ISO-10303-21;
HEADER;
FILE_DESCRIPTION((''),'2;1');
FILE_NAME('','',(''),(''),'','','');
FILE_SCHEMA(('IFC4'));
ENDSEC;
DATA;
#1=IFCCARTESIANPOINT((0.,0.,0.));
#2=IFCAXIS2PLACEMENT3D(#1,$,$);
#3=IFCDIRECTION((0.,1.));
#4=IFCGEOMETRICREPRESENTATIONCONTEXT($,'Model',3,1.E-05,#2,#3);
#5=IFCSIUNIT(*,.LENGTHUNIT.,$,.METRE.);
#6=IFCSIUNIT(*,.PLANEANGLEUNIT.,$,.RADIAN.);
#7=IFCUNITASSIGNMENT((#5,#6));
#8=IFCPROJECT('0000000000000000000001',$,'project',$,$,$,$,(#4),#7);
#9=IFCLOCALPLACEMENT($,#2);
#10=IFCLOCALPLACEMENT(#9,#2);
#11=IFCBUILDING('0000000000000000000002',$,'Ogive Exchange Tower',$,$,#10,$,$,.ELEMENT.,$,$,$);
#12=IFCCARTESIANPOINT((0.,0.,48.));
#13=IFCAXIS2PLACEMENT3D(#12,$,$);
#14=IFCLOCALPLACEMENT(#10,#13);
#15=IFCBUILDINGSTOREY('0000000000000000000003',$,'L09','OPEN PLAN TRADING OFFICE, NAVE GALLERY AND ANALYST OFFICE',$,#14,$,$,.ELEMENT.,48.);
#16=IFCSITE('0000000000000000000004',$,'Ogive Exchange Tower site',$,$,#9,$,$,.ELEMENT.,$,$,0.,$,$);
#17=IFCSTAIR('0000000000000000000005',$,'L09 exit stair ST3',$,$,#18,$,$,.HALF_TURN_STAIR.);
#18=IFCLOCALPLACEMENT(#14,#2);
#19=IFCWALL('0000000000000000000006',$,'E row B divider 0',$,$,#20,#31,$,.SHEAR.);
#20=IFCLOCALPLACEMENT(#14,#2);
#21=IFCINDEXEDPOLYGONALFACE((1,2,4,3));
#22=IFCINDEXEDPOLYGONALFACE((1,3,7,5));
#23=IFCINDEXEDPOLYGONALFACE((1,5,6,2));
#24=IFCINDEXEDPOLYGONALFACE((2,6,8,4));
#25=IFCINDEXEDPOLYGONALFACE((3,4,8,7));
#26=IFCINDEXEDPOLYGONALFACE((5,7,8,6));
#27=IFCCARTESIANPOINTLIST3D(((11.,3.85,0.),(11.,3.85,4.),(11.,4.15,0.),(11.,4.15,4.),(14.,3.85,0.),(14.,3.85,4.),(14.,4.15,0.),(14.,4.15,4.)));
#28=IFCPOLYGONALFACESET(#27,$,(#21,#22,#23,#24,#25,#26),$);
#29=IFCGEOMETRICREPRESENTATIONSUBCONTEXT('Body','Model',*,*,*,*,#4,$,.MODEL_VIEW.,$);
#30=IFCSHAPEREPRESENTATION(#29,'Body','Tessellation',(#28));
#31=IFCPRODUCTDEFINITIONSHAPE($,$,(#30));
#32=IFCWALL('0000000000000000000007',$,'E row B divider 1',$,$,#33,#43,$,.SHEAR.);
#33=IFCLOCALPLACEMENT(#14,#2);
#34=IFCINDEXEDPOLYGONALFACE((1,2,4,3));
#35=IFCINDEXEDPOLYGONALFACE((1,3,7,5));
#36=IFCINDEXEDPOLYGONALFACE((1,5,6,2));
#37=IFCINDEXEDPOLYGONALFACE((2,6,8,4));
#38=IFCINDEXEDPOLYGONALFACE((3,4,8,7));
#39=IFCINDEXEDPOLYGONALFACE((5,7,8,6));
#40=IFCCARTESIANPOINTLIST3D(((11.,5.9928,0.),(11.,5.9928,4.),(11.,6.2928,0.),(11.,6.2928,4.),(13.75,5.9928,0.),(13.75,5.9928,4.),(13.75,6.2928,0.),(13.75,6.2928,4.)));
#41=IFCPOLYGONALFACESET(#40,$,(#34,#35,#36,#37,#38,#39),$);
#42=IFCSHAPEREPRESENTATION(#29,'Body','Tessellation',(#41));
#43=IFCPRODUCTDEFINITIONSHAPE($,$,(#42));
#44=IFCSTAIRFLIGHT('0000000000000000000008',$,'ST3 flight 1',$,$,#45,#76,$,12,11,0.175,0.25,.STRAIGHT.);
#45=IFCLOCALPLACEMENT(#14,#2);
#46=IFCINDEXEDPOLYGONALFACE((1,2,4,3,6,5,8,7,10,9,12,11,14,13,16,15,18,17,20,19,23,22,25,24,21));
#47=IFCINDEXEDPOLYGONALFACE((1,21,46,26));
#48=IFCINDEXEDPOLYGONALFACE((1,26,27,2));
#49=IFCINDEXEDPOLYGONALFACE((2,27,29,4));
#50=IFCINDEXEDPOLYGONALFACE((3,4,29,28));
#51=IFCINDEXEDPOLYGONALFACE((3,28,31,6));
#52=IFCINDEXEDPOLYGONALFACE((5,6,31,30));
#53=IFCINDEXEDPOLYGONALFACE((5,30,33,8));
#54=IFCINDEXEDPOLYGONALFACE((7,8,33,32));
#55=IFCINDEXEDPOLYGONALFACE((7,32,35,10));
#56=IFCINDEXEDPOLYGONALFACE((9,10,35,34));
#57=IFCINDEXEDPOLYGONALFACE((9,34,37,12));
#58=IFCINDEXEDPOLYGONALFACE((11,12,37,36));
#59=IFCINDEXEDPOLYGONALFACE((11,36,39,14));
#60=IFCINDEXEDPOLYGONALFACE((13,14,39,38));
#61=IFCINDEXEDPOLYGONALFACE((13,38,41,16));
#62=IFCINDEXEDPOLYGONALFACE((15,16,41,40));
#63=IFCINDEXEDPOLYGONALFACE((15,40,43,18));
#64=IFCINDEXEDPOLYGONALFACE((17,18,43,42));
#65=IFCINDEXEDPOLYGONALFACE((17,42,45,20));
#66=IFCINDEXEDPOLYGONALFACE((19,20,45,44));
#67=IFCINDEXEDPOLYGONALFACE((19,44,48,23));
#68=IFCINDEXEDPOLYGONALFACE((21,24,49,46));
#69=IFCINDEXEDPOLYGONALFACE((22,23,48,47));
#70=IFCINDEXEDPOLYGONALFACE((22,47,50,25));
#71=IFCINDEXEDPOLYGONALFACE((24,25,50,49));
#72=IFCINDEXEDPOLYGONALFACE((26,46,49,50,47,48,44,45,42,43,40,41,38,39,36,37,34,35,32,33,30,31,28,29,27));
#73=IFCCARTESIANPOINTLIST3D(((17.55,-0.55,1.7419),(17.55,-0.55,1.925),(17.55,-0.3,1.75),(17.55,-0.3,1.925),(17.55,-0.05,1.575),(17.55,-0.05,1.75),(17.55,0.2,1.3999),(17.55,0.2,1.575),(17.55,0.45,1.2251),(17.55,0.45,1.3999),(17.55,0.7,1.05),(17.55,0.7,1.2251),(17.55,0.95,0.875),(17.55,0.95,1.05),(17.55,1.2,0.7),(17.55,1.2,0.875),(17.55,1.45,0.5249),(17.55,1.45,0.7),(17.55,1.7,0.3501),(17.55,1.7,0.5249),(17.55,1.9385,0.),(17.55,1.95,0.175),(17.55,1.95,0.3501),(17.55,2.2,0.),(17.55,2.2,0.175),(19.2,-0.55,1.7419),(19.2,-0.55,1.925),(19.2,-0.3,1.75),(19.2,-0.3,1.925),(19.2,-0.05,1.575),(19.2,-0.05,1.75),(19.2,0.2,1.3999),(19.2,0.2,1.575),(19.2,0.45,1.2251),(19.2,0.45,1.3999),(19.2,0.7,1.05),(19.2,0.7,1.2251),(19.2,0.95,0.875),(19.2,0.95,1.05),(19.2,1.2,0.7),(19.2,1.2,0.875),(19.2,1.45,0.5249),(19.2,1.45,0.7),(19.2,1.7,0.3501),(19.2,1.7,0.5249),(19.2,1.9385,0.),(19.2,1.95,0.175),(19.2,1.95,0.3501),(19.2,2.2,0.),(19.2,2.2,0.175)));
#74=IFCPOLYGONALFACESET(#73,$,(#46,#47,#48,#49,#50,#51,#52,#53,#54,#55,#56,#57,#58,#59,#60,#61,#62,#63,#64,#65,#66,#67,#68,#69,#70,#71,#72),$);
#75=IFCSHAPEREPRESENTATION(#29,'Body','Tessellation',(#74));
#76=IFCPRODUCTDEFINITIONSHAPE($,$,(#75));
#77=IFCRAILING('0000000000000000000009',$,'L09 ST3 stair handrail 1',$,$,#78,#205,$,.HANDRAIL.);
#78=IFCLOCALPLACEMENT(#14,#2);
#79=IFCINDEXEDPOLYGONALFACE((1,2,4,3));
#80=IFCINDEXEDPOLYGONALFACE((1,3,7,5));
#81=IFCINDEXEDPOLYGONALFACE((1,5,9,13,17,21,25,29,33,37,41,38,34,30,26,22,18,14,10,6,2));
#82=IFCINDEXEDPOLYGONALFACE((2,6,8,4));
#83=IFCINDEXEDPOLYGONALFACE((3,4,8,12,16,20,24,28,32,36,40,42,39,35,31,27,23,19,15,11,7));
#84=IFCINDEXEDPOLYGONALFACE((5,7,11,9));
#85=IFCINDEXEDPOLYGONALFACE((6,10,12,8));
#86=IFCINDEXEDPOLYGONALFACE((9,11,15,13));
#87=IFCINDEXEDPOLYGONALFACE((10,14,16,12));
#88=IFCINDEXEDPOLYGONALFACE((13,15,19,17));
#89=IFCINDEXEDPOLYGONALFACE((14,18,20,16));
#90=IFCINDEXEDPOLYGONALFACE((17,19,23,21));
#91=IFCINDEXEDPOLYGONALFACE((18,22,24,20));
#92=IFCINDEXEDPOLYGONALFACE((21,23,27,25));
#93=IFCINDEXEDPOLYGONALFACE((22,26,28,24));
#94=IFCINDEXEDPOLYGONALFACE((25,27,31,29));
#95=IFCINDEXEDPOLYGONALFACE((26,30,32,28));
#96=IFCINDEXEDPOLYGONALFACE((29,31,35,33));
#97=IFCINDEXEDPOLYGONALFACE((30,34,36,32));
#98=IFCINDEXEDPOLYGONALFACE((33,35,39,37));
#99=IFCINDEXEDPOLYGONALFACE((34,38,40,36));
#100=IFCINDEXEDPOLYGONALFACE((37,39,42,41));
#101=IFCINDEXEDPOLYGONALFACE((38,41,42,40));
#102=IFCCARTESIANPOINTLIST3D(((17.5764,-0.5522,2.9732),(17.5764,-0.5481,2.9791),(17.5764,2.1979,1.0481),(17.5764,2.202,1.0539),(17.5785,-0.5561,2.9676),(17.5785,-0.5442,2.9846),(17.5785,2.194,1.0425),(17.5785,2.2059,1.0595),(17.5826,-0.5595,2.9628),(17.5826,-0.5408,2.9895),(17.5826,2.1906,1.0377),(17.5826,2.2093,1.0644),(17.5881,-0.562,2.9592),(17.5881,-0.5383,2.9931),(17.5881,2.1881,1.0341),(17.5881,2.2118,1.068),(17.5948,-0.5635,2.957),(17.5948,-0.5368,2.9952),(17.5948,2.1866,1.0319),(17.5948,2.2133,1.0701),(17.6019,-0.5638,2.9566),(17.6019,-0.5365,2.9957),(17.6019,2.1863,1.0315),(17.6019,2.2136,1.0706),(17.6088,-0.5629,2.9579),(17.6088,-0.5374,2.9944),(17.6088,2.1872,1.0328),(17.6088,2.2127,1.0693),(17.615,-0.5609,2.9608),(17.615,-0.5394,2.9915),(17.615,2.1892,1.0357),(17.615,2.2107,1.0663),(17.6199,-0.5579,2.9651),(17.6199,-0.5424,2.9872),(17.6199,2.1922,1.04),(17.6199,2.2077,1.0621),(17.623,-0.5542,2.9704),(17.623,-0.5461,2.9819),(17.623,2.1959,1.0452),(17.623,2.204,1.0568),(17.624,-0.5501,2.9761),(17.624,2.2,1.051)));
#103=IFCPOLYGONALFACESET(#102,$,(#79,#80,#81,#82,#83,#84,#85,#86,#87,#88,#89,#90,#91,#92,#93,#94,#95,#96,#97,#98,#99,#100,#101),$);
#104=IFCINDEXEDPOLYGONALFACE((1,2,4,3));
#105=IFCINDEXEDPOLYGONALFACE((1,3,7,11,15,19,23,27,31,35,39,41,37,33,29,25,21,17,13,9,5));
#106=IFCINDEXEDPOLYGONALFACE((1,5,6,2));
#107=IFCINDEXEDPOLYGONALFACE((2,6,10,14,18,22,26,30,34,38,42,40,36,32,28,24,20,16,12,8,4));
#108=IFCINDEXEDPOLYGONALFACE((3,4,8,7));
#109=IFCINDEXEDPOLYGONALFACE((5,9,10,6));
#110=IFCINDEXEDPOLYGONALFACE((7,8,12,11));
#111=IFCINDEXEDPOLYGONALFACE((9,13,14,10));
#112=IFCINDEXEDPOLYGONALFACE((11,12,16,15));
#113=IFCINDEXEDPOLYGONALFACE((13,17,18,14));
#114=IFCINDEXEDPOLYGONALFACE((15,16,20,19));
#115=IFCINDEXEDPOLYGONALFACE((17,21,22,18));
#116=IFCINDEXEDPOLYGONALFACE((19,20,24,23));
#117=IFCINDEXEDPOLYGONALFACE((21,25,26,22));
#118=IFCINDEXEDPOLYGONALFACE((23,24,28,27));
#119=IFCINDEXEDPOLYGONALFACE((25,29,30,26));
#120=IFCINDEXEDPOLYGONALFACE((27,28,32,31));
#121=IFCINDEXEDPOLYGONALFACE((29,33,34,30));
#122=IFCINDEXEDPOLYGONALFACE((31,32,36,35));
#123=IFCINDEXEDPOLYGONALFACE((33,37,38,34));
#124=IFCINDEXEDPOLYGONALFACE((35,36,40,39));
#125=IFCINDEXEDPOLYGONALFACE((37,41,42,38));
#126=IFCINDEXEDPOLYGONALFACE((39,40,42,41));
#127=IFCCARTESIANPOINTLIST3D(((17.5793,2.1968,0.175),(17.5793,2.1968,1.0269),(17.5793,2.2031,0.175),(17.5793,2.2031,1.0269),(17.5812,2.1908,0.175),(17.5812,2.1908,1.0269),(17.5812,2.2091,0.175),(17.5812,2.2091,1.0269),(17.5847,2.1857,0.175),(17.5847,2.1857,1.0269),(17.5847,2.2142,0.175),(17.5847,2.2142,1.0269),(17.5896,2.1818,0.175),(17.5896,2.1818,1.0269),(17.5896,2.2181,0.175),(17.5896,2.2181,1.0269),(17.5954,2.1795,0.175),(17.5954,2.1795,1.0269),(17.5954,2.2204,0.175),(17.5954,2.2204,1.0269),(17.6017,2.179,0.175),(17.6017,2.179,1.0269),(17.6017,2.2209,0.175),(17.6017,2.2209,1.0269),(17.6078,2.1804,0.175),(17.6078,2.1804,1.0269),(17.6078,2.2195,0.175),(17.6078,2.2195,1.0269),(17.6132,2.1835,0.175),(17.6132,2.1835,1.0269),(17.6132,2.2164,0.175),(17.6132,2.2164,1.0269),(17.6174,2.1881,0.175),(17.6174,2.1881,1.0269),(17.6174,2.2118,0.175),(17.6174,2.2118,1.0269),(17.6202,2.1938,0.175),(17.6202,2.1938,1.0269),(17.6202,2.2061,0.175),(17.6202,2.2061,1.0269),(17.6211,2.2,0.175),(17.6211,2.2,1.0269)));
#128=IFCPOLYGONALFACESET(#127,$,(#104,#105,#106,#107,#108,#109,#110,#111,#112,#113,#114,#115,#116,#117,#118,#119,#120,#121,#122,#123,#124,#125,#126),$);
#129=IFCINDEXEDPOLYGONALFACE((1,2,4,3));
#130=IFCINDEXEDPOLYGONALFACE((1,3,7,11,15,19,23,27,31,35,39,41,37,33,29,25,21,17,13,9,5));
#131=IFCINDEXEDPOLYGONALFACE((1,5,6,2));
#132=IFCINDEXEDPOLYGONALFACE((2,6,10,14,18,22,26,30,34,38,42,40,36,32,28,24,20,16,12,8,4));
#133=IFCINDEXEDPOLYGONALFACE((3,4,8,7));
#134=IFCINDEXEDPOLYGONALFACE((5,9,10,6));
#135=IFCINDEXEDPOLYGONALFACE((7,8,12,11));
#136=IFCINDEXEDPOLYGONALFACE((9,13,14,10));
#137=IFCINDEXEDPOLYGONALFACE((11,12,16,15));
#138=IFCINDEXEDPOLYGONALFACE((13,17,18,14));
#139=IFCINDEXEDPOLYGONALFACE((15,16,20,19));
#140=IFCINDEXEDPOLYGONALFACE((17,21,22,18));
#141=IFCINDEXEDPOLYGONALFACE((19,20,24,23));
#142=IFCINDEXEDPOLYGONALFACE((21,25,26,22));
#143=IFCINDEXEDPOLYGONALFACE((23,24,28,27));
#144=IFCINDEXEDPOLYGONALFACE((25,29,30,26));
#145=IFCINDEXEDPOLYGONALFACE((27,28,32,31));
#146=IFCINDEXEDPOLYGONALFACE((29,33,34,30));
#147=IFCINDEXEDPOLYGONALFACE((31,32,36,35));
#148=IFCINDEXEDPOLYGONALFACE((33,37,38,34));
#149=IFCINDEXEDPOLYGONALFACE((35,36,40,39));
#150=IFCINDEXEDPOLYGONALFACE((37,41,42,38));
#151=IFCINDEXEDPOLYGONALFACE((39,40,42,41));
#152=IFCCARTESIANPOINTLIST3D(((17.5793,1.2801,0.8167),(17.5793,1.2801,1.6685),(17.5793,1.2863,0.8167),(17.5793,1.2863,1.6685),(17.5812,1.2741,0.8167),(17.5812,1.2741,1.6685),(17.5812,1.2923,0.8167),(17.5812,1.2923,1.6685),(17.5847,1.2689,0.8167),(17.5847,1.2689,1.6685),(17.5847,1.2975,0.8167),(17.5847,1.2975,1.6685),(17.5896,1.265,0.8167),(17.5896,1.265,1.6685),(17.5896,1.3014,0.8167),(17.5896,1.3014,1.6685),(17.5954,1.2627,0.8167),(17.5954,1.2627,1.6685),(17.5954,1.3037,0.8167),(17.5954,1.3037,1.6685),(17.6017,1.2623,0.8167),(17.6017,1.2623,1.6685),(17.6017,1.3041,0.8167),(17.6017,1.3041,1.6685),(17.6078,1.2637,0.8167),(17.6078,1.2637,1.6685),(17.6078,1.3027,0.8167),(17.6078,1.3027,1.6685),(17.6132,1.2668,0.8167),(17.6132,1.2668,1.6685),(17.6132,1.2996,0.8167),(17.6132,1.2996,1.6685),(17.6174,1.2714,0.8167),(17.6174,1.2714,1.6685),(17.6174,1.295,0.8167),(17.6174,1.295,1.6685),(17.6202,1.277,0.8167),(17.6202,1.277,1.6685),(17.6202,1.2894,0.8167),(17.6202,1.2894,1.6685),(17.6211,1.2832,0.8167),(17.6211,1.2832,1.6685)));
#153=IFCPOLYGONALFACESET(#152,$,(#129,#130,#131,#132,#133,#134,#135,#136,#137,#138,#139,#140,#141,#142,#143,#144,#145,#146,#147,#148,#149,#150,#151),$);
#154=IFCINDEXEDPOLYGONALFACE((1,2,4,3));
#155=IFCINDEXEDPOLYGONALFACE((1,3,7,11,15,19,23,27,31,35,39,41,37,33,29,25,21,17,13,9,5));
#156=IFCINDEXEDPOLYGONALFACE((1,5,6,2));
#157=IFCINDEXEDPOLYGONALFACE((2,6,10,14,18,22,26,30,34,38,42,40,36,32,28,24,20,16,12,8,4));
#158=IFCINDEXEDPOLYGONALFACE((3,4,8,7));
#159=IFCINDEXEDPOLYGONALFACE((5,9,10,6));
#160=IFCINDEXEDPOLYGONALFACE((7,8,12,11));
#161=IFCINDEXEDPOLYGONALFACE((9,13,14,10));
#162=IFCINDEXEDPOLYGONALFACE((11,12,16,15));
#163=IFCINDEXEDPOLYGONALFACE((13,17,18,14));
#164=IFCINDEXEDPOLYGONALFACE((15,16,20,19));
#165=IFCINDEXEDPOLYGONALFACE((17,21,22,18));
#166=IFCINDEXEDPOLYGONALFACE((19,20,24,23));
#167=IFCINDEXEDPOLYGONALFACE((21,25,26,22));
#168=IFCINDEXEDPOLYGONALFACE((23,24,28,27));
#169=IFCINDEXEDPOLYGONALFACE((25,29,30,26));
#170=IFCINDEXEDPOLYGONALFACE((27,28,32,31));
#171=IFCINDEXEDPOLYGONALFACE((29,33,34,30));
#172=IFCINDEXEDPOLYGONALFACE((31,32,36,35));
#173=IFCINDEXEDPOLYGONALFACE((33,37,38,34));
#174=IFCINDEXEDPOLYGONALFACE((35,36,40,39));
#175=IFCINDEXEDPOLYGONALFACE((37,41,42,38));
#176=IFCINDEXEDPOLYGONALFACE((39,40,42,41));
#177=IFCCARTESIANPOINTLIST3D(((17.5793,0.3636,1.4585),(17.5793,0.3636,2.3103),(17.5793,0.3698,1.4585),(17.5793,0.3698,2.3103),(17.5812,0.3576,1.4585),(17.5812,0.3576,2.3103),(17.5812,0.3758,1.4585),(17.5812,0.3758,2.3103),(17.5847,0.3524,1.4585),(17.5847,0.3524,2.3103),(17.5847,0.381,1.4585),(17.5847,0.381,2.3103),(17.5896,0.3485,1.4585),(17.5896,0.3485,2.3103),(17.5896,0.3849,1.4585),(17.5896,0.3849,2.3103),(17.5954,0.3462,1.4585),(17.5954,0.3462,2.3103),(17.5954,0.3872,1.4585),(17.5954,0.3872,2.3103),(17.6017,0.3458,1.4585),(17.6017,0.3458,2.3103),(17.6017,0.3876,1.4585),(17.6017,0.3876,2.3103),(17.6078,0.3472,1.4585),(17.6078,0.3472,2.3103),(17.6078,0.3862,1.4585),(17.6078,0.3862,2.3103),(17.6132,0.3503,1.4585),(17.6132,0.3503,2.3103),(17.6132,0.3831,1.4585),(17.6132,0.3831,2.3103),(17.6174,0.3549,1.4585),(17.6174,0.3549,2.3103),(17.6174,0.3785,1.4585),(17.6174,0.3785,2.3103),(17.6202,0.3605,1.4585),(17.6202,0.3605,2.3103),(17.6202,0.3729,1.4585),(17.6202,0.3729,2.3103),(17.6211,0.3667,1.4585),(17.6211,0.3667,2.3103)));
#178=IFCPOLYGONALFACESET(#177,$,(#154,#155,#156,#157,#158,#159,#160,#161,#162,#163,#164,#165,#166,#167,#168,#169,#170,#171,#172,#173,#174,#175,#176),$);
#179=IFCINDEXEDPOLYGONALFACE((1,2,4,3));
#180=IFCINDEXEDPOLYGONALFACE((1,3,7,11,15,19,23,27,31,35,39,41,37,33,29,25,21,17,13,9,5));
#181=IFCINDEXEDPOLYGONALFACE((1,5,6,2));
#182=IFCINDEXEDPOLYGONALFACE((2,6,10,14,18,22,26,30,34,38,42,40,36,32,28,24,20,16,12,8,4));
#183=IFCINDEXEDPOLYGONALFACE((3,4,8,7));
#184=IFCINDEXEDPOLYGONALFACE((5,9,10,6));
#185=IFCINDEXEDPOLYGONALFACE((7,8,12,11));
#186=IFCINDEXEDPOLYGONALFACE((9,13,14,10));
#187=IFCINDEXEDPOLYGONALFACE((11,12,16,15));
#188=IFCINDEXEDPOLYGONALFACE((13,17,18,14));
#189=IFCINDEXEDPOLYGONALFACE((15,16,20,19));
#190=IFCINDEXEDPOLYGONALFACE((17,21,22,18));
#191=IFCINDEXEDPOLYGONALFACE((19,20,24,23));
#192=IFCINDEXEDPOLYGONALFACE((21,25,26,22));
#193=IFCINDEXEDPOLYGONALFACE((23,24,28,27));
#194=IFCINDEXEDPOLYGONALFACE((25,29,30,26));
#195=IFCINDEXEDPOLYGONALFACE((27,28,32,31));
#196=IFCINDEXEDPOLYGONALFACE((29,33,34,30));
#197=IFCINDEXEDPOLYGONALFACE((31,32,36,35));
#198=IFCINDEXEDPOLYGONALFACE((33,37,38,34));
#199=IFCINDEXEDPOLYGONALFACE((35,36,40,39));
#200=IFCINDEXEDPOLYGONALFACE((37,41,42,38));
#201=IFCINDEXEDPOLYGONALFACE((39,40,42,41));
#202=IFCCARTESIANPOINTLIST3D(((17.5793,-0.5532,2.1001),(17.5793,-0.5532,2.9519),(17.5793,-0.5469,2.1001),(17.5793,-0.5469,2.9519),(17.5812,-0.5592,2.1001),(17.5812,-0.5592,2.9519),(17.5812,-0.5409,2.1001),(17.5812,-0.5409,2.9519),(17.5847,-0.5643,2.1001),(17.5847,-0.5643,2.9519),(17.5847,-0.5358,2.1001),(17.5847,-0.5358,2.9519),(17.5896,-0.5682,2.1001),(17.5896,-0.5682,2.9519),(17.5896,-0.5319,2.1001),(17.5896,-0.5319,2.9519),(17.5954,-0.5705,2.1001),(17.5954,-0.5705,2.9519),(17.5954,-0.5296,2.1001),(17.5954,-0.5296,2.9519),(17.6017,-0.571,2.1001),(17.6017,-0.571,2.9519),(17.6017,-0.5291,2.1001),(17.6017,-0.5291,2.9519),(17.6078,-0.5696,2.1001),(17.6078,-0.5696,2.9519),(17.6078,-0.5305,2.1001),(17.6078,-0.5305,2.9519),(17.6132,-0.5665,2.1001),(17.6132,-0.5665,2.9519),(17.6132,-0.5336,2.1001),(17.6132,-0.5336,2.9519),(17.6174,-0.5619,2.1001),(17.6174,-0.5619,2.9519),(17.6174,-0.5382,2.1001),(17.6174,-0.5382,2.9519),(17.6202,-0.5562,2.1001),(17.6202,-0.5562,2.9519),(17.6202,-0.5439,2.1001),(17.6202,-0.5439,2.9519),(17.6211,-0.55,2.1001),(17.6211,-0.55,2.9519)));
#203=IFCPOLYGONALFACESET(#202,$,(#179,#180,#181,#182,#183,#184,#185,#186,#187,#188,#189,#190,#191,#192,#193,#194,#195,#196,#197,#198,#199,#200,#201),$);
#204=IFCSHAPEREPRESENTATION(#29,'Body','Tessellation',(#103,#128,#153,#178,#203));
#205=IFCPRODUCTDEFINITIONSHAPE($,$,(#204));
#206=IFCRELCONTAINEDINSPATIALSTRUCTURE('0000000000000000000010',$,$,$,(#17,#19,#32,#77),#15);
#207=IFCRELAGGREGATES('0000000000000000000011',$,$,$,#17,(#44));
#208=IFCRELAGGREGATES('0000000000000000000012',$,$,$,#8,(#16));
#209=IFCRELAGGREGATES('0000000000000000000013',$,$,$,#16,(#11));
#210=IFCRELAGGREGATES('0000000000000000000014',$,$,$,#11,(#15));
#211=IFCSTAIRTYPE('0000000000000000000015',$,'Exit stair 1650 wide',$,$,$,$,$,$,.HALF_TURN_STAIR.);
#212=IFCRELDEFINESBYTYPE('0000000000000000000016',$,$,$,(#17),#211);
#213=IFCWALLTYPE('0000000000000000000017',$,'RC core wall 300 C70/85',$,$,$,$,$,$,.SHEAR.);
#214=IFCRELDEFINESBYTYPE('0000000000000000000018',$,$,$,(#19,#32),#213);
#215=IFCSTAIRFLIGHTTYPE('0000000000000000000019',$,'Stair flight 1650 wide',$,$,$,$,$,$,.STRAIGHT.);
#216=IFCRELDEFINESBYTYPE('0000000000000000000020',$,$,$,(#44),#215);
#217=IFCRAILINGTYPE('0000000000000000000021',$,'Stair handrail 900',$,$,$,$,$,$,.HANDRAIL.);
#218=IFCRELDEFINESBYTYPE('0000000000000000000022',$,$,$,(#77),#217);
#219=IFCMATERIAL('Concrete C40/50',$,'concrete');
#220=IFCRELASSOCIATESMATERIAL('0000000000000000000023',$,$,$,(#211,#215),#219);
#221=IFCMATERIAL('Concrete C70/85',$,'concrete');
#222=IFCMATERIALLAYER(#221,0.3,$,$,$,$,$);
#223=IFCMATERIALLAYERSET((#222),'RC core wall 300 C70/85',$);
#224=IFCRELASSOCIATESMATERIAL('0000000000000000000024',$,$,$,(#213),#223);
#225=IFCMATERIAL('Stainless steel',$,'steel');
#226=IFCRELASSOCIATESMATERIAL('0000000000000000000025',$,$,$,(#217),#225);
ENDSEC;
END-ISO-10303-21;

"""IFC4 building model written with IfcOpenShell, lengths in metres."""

from ifc_helpers import new_model, si_unit, direction, frame, frame_2d, origin, origin_2d, place, context, subcontext, project, spatial, polyline, rectangle, circle, outline, extrude, material, layer, layer_set, type_object, element, aggregate, save


model = new_model("IFC4")

# Units and contexts
model_context = context("Model", 3, precision=1e-05, world=origin(), true_north=direction((0.0, 1.0)))
body_context = subcontext(model_context, "Body", "Model", "MODEL_VIEW")
ifc_project = project(units=[si_unit("LENGTHUNIT", "METRE"), si_unit("PLANEANGLEUNIT", "RADIAN")], contexts=[model_context])

# Site, building, storey
site_placement = place(None, origin())
site = spatial("IfcSite", under=ifc_project, at=site_placement, Name="Ogive Exchange Tower site", CompositionType="ELEMENT", RefElevation=0.0)
building_placement = place(site_placement, origin())
building = spatial("IfcBuilding", under=site, at=building_placement, Name="Ogive Exchange Tower", CompositionType="ELEMENT")
storey_placement = place(building_placement, frame((0.0, 0.0, 48.0)))
storey = spatial("IfcBuildingStorey", under=building, at=storey_placement, Name="L09", Description="OPEN PLAN TRADING OFFICE, NAVE GALLERY AND ANALYST OFFICE", CompositionType="ELEMENT", Elevation=48.0)

# Stair
ifc_material_1 = material(Name="Concrete C40/50", Category="concrete")
stair_type = type_object("IfcStairType", Name="Exit stair 1650 wide", PredefinedType="HALF_TURN_STAIR", material=ifc_material_1)
stair_1_placement = place(storey_placement, origin())
stair_1 = element("IfcStair", 1, at=stair_1_placement, inside=storey, type_object=stair_type, Name="L09 exit stair ST3", PredefinedType="HALF_TURN_STAIR")

# Shared definitions
ifc_material_2 = material(Name="Concrete C70/85", Category="concrete")

# Shared definitions
ifc_material_3 = material(Name="Stainless steel", Category="steel")

# Walls
ifc_layer_1 = layer(ifc_material_2, 0.3)
ifc_layer_set_1 = layer_set([ifc_layer_1], Name="RC core wall 300 C70/85")
wall_type_1 = type_object("IfcWallType", Name="RC core wall 300 C70/85", PredefinedType="SHEAR", material=ifc_layer_set_1)
wall_1_placement = place(storey_placement, frame((11.0, 4.0, 0.0), z_axis=(0.0, 0.0, 1.0), x_axis=(1.0, 0.0, 0.0)))
element("IfcWall", 2, at=wall_1_placement, inside=storey, type_object=wall_type_1, Name="E row B divider 0", PredefinedType="SHEAR", context=body_context, shape_type="SweptSolid", body=[
    extrude(rectangle(XDim=3.0, YDim=0.3, at=frame_2d((1.5, 0.0))), origin(), (0.0, 0.0, 1.0), 4.0),
])
wall_2_placement = place(storey_placement, frame((11.0, 6.1428, 0.0), z_axis=(0.0, 0.0, 1.0), x_axis=(1.0, 0.0, 0.0)))
element("IfcWall", 3, at=wall_2_placement, inside=storey, type_object=wall_type_1, Name="E row B divider 1", PredefinedType="SHEAR", context=body_context, shape_type="SweptSolid", body=[
    extrude(rectangle(XDim=2.75, YDim=0.3, at=frame_2d((1.375, 0.0))), origin(), (0.0, 0.0, 1.0), 4.0),
])

# Stair flight
stair_flight_type = type_object("IfcStairFlightType", Name="Stair flight 1650 wide", PredefinedType="STRAIGHT", material=ifc_material_1)
stair_flight_placement = place(storey_placement, frame((18.375, 2.2, 0.0), z_axis=(0.0, 0.0, 1.0), x_axis=(0.0, -1.0, 0.0)))
stair_flight = element("IfcStairFlight", 4, at=stair_flight_placement, type_object=stair_flight_type, Name="ST3 flight 1", NumberOfRisers=12, NumberOfTreads=11, PredefinedType="STRAIGHT", RiserHeight=0.175, TreadLength=0.25, context=body_context, shape_type="SweptSolid", body=[
    extrude(outline(polyline([(0.0, 0.0), (0.0, 0.175), (0.25, 0.175), (0.25, 0.3501), (0.5, 0.3501), (0.5, 0.5249), (0.75, 0.5249), (0.75, 0.7), (1.0, 0.7), (1.0, 0.875), (1.25, 0.875), (1.25, 1.05), (1.5, 1.05), (1.5, 1.2251), (1.75, 1.2251), (1.75, 1.3999), (2.0, 1.3999), (2.0, 1.575), (2.25, 1.575), (2.25, 1.75), (2.5, 1.75), (2.5, 1.925), (2.75, 1.925), (2.75, 2.1001), (2.75, 1.7419), (0.2615, 0.0), (0.0, 0.0)])), frame((0.0, 0.825, 0.0), z_axis=(0.0, -1.0, 0.0), x_axis=(1.0, 0.0, 0.0)), (0.0, 0.0, 1.0), 1.6499),
])
aggregate(stair_1, [stair_flight])

# Railing
railing_type = type_object("IfcRailingType", Name="Stair handrail 900", PredefinedType="HANDRAIL", material=ifc_material_3)
railing_placement = place(storey_placement, frame((17.6001, 2.2, 0.175)))
element("IfcRailing", 5, at=railing_placement, inside=storey, type_object=railing_type, Name="L09 ST3 stair handrail 1", PredefinedType="HANDRAIL", context=body_context, shape_type="SweptSolid", body=[
    extrude(circle(Radius=0.0239, at=origin_2d()), frame((0.0, 0.0, 0.876), z_axis=(0.0, -0.819225, 0.573472), x_axis=(1.0, 0.0, 0.0)), (0.0, 0.0, 1.0), 3.3569),
    extrude(circle(Radius=0.021, at=origin_2d()), origin(), (0.0, 0.0, 1.0), 0.8518),
    extrude(circle(Radius=0.021, at=origin_2d()), frame((0.0, -0.9167, 0.6416)), (0.0, 0.0, 1.0), 0.8518),
    extrude(circle(Radius=0.021, at=origin_2d()), frame((0.0, -1.8333, 1.2834)), (0.0, 0.0, 1.0), 0.8518),
    extrude(circle(Radius=0.021, at=origin_2d()), frame((0.0, -2.75, 1.925)), (0.0, 0.0, 1.0), 0.8518),
])

save(model, "model.ifc")
